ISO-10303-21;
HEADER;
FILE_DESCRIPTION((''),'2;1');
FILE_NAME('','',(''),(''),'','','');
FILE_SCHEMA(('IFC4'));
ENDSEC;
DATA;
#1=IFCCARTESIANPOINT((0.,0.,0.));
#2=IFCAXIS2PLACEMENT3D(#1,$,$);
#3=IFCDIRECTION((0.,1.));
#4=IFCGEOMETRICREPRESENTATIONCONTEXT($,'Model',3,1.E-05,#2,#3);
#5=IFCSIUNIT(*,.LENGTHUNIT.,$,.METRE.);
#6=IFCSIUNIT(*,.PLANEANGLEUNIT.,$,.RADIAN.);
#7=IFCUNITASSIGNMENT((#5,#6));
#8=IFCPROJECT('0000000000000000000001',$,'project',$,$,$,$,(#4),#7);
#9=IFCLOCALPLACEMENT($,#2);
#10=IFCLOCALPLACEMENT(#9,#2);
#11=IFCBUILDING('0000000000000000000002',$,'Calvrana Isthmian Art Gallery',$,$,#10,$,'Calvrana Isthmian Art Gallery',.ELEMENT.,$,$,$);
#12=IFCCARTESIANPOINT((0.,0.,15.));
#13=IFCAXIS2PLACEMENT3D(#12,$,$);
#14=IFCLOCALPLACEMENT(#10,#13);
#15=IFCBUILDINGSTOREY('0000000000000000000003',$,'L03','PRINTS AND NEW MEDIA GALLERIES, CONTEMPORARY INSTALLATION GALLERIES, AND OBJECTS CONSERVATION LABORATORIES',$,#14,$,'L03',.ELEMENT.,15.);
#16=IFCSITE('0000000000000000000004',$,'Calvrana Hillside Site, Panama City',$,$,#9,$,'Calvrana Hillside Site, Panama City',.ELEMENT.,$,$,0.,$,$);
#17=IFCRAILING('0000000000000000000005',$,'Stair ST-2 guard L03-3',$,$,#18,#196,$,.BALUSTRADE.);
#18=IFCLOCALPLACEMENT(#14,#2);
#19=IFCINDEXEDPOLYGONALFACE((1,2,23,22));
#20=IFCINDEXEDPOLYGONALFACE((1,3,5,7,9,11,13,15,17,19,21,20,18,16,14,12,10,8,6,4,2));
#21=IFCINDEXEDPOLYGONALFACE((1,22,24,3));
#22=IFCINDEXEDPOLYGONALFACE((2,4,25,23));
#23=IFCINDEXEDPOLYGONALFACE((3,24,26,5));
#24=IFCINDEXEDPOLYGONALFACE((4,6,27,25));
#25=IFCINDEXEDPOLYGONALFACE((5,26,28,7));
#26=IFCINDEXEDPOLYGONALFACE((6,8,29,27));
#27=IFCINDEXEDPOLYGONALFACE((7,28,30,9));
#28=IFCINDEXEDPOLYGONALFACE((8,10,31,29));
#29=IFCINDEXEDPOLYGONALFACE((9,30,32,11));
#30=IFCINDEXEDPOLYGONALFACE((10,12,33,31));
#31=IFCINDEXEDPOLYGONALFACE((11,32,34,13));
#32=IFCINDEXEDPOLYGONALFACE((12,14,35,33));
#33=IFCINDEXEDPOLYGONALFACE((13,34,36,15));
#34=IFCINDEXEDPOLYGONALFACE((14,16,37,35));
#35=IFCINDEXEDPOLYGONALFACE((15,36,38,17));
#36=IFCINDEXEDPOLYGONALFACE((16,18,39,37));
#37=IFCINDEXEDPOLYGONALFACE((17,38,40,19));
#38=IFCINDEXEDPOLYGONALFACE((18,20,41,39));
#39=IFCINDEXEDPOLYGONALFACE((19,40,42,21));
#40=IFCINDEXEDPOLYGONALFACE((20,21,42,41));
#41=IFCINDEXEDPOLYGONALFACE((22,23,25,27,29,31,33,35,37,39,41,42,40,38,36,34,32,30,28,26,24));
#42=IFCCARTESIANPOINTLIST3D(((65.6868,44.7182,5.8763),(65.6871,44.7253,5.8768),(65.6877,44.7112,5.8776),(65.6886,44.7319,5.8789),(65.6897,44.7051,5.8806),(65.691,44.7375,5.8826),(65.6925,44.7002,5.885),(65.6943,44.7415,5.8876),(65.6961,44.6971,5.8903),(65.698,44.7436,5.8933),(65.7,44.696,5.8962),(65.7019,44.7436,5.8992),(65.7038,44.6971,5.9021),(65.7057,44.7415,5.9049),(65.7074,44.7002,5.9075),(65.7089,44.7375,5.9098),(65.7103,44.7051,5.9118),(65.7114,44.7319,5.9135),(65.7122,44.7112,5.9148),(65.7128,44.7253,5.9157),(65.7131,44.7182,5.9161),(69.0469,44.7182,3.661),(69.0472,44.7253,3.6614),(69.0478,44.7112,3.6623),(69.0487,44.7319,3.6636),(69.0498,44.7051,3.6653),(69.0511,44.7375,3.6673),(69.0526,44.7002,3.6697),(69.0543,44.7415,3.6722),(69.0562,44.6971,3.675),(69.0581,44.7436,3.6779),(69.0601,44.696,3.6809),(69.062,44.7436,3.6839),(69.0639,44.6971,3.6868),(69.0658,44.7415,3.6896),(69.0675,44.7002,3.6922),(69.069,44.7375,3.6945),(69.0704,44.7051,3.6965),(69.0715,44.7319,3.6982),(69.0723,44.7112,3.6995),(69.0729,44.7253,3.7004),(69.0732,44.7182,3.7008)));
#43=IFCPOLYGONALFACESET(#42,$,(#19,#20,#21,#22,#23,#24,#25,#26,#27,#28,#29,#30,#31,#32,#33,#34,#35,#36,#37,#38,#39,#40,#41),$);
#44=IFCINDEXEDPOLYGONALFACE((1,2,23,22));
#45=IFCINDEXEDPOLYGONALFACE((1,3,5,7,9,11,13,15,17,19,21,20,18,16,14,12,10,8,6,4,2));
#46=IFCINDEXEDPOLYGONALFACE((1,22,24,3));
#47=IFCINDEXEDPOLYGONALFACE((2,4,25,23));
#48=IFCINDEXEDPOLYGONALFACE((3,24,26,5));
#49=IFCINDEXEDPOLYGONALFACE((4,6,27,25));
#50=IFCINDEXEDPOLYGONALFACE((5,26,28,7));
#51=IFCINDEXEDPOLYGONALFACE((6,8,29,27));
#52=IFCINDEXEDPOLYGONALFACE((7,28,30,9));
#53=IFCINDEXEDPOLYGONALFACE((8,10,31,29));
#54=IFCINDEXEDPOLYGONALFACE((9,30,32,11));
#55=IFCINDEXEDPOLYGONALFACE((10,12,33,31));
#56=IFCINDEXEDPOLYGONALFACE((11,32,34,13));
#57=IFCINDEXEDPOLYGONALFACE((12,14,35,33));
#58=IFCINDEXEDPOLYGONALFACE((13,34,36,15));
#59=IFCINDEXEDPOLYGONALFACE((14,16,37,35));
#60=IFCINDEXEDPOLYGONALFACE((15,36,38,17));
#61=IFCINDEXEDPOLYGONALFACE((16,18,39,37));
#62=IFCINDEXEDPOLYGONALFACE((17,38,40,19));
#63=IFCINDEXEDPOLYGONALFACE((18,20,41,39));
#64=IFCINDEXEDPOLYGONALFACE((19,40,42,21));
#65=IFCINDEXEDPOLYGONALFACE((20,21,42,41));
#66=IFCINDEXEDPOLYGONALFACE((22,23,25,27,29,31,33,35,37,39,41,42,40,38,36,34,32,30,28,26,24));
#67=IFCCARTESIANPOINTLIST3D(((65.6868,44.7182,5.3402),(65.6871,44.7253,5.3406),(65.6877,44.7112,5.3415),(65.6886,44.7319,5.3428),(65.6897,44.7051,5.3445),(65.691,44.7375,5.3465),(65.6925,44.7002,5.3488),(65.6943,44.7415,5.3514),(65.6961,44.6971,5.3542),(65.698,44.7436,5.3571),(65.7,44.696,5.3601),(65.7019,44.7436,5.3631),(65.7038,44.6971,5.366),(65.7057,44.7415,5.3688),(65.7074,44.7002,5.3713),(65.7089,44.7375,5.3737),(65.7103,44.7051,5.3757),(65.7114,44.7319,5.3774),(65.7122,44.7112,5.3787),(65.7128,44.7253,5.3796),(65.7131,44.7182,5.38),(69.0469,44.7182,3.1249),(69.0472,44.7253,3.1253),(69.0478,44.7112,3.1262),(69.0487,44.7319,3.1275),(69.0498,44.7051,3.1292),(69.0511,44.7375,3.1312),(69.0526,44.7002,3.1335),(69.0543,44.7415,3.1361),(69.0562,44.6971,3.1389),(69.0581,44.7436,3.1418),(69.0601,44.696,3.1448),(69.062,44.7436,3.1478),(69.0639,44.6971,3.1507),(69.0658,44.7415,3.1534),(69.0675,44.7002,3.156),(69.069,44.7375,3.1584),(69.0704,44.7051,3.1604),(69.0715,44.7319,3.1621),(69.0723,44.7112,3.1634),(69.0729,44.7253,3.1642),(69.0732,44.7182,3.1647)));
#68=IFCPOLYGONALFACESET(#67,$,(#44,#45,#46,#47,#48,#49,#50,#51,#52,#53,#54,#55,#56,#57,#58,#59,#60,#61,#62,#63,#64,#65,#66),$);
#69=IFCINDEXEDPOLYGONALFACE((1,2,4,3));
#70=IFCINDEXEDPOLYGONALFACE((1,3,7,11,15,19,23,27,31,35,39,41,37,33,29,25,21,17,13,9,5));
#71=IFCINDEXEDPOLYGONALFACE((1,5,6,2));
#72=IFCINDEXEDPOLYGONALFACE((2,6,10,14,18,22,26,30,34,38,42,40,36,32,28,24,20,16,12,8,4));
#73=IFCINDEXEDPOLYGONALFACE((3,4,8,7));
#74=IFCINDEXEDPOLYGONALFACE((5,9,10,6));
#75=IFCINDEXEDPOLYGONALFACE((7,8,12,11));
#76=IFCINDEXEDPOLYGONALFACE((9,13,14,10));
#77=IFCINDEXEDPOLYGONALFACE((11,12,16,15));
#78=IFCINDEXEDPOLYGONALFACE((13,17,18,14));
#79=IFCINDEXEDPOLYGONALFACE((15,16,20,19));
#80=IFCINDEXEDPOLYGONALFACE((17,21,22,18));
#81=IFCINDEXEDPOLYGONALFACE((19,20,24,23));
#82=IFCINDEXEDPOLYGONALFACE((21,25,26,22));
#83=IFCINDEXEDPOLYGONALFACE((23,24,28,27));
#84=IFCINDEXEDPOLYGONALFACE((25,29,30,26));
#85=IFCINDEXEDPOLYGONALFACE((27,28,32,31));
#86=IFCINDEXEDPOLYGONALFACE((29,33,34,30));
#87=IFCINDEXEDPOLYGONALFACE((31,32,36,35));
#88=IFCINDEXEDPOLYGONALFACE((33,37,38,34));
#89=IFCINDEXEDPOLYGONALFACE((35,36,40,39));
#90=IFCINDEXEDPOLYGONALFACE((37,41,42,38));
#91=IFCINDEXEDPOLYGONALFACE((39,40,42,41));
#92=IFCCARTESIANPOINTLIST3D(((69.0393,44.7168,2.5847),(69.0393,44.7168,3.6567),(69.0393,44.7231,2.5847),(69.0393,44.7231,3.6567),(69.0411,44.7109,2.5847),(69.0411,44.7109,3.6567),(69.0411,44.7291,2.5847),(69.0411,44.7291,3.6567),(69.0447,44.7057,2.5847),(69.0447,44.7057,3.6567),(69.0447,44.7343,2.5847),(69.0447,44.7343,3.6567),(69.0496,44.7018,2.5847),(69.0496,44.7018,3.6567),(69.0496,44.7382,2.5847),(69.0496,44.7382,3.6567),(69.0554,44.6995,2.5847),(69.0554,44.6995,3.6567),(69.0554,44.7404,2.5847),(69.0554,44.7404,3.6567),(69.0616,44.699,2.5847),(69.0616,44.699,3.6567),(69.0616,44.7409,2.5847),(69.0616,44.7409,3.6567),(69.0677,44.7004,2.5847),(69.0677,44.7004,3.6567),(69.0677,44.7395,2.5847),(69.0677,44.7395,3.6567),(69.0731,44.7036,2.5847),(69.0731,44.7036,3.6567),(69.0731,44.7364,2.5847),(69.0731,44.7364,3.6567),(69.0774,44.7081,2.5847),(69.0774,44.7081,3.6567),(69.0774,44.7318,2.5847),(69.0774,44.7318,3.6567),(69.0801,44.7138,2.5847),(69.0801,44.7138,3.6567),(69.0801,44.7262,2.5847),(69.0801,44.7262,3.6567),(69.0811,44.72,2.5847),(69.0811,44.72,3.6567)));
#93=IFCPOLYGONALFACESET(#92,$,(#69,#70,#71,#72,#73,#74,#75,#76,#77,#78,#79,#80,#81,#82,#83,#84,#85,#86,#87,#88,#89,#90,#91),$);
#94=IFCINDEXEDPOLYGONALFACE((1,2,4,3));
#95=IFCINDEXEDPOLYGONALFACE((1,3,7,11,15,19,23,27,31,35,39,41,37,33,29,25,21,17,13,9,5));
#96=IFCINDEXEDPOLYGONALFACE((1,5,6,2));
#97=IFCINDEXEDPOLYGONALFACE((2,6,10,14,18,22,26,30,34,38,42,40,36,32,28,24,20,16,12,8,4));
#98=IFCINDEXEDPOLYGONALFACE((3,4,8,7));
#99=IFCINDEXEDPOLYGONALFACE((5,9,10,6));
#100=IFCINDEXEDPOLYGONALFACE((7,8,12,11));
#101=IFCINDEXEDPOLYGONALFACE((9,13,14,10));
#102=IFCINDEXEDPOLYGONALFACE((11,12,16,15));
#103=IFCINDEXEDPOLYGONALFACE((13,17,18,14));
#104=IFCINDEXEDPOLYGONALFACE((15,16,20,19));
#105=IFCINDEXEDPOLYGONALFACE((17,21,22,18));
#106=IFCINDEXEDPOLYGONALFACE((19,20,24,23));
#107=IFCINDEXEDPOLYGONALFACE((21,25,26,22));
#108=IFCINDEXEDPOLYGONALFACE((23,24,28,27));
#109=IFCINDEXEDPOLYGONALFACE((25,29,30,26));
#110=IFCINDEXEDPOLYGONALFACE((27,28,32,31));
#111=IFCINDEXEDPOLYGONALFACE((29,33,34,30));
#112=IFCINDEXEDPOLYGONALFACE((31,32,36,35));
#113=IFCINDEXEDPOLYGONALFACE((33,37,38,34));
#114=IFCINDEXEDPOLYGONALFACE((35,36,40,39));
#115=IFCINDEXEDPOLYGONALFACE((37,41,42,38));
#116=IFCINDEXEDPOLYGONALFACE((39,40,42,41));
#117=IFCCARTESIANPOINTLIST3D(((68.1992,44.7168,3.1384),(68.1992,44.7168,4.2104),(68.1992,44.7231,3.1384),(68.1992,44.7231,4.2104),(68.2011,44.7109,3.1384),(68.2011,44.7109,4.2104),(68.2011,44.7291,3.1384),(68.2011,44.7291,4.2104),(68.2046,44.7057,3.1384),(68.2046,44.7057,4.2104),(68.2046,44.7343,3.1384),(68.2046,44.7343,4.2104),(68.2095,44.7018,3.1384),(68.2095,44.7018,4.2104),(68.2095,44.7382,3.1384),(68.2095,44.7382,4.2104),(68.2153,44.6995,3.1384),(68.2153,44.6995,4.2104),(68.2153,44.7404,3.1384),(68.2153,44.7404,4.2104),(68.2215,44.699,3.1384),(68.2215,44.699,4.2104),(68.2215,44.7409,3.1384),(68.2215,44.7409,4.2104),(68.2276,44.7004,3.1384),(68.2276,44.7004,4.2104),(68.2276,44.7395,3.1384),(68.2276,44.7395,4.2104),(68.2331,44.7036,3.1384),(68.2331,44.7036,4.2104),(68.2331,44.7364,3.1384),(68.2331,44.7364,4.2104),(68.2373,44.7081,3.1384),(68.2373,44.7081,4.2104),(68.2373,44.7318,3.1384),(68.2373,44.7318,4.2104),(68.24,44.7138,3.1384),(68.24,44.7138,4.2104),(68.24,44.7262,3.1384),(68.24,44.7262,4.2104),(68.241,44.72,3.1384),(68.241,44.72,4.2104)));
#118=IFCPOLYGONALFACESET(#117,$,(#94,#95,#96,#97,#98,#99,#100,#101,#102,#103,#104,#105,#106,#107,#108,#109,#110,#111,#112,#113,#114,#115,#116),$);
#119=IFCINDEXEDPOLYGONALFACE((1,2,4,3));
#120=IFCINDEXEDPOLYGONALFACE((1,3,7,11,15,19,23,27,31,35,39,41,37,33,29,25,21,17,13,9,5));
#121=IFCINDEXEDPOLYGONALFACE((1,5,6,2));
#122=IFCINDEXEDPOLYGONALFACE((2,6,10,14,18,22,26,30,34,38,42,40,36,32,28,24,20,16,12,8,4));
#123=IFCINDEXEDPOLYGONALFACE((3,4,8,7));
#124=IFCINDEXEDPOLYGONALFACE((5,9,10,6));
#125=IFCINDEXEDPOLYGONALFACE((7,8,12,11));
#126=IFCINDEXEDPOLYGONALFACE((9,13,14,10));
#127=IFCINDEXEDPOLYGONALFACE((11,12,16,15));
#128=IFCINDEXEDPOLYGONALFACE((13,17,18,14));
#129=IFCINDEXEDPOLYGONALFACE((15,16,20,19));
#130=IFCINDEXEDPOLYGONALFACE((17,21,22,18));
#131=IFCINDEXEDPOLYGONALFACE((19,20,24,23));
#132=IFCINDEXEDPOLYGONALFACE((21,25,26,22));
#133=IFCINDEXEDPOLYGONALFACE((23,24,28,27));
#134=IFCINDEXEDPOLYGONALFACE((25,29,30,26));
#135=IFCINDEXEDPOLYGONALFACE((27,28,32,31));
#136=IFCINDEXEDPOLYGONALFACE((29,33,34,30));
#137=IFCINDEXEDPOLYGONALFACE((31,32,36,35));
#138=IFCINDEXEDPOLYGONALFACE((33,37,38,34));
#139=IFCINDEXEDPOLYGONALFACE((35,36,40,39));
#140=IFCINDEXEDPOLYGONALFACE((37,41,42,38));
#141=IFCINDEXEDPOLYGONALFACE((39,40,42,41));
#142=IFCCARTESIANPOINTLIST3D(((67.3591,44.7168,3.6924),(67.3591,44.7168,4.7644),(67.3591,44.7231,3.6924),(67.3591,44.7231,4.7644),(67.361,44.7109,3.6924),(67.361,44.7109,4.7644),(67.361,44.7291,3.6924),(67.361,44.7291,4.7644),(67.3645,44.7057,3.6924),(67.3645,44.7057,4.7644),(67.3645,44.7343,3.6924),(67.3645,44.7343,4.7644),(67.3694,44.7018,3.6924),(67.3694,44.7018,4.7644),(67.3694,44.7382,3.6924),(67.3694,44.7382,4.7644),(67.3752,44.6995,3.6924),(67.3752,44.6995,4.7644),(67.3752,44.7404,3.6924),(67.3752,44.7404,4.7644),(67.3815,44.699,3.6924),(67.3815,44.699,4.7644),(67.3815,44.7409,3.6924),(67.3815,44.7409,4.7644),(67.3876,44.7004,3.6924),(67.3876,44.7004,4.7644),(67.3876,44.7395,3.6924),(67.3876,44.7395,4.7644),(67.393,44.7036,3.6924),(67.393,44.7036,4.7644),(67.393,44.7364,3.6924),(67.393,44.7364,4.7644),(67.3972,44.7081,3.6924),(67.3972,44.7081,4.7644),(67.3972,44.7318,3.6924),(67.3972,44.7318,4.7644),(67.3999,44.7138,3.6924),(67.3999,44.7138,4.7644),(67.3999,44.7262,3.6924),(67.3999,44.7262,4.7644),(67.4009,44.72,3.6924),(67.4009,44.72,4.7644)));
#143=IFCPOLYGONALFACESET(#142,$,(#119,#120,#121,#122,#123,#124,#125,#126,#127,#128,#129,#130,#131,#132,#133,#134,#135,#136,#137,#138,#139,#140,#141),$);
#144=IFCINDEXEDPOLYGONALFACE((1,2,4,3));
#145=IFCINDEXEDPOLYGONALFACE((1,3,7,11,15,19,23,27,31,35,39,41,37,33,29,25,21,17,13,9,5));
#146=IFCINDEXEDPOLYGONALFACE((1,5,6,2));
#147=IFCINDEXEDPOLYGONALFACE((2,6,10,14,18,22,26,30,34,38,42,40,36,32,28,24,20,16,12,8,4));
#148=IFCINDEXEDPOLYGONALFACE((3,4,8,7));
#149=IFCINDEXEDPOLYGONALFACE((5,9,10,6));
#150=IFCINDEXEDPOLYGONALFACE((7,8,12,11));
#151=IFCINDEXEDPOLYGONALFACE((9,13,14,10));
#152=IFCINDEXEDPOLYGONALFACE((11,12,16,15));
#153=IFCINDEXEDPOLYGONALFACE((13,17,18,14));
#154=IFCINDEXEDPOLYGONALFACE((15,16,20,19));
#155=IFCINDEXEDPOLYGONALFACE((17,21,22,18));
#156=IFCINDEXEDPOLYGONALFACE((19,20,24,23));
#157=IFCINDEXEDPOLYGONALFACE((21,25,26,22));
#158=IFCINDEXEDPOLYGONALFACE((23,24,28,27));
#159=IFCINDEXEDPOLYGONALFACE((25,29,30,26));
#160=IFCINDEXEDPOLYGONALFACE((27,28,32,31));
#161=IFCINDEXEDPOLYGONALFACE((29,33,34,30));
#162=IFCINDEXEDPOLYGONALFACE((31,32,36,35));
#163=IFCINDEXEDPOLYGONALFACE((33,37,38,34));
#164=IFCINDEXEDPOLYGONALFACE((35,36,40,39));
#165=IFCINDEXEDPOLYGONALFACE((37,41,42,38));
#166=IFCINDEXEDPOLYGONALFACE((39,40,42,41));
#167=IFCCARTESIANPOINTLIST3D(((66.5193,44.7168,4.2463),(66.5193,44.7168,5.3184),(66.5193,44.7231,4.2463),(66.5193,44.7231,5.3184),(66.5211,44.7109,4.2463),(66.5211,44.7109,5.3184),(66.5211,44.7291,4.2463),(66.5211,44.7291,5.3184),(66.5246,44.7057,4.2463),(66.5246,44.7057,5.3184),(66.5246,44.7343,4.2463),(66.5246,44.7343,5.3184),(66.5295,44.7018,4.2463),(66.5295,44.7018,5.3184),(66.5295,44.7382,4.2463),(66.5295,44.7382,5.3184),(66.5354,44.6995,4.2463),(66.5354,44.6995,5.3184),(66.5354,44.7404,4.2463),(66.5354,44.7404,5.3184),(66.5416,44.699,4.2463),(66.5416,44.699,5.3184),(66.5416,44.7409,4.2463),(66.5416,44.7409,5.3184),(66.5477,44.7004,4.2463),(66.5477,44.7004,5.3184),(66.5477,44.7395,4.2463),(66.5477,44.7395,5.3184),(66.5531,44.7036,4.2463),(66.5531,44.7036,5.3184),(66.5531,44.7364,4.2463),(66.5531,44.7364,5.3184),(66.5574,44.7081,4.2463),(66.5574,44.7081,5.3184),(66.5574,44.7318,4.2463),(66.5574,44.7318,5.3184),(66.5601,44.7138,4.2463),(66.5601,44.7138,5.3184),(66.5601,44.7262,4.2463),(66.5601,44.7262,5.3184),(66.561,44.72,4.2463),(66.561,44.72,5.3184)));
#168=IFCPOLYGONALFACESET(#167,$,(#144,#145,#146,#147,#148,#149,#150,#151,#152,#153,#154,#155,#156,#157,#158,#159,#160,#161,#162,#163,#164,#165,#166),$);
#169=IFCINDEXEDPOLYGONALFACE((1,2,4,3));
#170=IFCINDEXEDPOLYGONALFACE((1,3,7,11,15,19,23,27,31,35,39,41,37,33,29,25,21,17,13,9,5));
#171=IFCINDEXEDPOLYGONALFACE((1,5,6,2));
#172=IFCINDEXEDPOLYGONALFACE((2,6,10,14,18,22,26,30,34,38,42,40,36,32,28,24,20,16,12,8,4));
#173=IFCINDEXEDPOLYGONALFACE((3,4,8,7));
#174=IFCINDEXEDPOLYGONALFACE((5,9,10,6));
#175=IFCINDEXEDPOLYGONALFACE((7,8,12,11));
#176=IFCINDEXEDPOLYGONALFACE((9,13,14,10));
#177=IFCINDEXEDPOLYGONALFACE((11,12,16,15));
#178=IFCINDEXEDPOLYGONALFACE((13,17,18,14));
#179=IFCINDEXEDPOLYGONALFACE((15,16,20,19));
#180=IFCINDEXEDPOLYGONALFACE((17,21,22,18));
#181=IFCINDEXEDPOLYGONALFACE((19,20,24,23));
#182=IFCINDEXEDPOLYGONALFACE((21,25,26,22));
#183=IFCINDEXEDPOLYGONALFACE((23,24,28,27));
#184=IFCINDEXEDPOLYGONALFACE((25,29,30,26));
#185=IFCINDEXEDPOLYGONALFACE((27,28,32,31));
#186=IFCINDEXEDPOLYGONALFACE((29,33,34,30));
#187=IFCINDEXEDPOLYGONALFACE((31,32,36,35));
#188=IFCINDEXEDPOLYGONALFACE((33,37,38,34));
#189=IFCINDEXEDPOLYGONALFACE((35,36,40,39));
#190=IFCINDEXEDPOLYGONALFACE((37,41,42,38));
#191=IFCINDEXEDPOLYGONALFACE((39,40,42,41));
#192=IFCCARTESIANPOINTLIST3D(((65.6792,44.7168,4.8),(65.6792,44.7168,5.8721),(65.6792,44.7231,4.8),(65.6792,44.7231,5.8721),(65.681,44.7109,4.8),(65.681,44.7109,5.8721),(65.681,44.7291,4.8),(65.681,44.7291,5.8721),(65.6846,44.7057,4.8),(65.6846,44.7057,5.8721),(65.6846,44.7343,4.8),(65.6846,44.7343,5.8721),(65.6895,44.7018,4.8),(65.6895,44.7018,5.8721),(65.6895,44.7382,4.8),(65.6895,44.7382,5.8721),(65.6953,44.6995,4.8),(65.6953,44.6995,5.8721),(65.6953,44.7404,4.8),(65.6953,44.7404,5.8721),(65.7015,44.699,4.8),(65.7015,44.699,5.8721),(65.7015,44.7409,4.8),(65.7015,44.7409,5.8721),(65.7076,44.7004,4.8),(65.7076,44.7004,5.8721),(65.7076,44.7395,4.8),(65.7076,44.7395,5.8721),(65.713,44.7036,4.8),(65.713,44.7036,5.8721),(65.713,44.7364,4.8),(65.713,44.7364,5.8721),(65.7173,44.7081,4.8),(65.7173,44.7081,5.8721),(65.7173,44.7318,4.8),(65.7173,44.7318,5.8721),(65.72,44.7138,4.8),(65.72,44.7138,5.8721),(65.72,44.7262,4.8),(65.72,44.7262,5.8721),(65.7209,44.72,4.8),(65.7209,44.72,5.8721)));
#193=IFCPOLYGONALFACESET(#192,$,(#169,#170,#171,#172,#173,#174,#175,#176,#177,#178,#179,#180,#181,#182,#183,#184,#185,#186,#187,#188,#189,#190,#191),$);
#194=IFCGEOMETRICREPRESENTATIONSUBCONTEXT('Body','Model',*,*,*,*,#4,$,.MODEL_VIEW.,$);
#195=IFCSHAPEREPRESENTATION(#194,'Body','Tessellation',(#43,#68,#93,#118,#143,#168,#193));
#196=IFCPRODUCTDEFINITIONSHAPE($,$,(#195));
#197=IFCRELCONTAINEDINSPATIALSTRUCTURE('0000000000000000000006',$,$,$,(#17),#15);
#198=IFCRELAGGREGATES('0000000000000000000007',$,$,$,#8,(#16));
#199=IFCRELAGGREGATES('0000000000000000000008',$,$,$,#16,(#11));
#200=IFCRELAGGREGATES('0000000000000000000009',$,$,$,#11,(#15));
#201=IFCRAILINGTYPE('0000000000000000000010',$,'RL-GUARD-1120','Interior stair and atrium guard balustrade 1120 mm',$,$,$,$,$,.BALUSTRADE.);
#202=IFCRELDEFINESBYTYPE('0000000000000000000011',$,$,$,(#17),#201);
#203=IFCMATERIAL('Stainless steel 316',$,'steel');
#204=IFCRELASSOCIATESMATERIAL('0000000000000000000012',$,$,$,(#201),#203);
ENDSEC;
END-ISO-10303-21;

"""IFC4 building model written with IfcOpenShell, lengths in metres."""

from ifc_helpers import new_model, si_unit, direction, frame, origin, origin_2d, place, context, subcontext, project, spatial, circle, extrude, material, type_object, element, save


model = new_model("IFC4")

# Units and contexts
model_context = context("Model", 3, precision=1e-05, world=origin(), true_north=direction((0.0, 1.0)))
body_context = subcontext(model_context, "Body", "Model", "MODEL_VIEW")
ifc_project = project(units=[si_unit("LENGTHUNIT", "METRE"), si_unit("PLANEANGLEUNIT", "RADIAN")], contexts=[model_context])

# Site, building, storey
site_placement = place(None, origin())
site = spatial("IfcSite", under=ifc_project, at=site_placement, Name="Calvrana Hillside Site, Panama City", LongName="Calvrana Hillside Site, Panama City", CompositionType="ELEMENT", RefElevation=0.0)
building_placement = place(site_placement, origin())
building = spatial("IfcBuilding", under=site, at=building_placement, Name="Calvrana Isthmian Art Gallery", LongName="Calvrana Isthmian Art Gallery", CompositionType="ELEMENT")
storey_placement = place(building_placement, frame((0.0, 0.0, 15.0)))
storey = spatial("IfcBuildingStorey", under=building, at=storey_placement, Name="L03", Description="PRINTS AND NEW MEDIA GALLERIES, CONTEMPORARY INSTALLATION GALLERIES, AND OBJECTS CONSERVATION LABORATORIES", LongName="L03", CompositionType="ELEMENT", Elevation=15.0)

# Railing
ifc_material_1 = material(Name="Stainless steel 316", Category="steel")
railing_type_1 = type_object("IfcRailingType", Name="RL-GUARD-1120", Description="Interior stair and atrium guard balustrade 1120 mm", PredefinedType="BALUSTRADE", material=ifc_material_1)
railing_1_placement = place(storey_placement, frame((69.0601, 44.72, 2.5847)))
element("IfcRailing", 1, at=railing_1_placement, inside=storey, type_object=railing_type_1, Name="Stair ST-2 guard L03-3", PredefinedType="BALUSTRADE", context=body_context, shape_type="SweptSolid", body=[
    extrude(circle(Radius=0.0239, at=origin_2d()), frame((0.0, 0.0, 1.0962), z_axis=(-0.834876, 0.0, 0.550437), x_axis=(0.0, -1.0, 0.0)), (0.0, 0.0, 1.0), 4.0247),
    extrude(circle(Radius=0.0239, at=origin_2d()), frame((0.0, 0.0, 0.5601), z_axis=(-0.834876, 0.0, 0.550437), x_axis=(0.0, -1.0, 0.0)), (0.0, 0.0, 1.0), 4.0247),
    extrude(circle(Radius=0.021, at=origin_2d()), origin(), (0.0, 0.0, 1.0), 1.072),
    extrude(circle(Radius=0.021, at=origin_2d()), frame((-0.8401, 0.0, 0.5537)), (0.0, 0.0, 1.0), 1.072),
    extrude(circle(Radius=0.021, at=origin_2d()), frame((-1.6802, 0.0, 1.1077)), (0.0, 0.0, 1.0), 1.072),
    extrude(circle(Radius=0.021, at=origin_2d()), frame((-2.52, 0.0, 1.6616)), (0.0, 0.0, 1.0), 1.072),
    extrude(circle(Radius=0.021, at=origin_2d()), frame((-3.3601, 0.0, 2.2153)), (0.0, 0.0, 1.0), 1.072),
])

save(model, "model.ifc")
